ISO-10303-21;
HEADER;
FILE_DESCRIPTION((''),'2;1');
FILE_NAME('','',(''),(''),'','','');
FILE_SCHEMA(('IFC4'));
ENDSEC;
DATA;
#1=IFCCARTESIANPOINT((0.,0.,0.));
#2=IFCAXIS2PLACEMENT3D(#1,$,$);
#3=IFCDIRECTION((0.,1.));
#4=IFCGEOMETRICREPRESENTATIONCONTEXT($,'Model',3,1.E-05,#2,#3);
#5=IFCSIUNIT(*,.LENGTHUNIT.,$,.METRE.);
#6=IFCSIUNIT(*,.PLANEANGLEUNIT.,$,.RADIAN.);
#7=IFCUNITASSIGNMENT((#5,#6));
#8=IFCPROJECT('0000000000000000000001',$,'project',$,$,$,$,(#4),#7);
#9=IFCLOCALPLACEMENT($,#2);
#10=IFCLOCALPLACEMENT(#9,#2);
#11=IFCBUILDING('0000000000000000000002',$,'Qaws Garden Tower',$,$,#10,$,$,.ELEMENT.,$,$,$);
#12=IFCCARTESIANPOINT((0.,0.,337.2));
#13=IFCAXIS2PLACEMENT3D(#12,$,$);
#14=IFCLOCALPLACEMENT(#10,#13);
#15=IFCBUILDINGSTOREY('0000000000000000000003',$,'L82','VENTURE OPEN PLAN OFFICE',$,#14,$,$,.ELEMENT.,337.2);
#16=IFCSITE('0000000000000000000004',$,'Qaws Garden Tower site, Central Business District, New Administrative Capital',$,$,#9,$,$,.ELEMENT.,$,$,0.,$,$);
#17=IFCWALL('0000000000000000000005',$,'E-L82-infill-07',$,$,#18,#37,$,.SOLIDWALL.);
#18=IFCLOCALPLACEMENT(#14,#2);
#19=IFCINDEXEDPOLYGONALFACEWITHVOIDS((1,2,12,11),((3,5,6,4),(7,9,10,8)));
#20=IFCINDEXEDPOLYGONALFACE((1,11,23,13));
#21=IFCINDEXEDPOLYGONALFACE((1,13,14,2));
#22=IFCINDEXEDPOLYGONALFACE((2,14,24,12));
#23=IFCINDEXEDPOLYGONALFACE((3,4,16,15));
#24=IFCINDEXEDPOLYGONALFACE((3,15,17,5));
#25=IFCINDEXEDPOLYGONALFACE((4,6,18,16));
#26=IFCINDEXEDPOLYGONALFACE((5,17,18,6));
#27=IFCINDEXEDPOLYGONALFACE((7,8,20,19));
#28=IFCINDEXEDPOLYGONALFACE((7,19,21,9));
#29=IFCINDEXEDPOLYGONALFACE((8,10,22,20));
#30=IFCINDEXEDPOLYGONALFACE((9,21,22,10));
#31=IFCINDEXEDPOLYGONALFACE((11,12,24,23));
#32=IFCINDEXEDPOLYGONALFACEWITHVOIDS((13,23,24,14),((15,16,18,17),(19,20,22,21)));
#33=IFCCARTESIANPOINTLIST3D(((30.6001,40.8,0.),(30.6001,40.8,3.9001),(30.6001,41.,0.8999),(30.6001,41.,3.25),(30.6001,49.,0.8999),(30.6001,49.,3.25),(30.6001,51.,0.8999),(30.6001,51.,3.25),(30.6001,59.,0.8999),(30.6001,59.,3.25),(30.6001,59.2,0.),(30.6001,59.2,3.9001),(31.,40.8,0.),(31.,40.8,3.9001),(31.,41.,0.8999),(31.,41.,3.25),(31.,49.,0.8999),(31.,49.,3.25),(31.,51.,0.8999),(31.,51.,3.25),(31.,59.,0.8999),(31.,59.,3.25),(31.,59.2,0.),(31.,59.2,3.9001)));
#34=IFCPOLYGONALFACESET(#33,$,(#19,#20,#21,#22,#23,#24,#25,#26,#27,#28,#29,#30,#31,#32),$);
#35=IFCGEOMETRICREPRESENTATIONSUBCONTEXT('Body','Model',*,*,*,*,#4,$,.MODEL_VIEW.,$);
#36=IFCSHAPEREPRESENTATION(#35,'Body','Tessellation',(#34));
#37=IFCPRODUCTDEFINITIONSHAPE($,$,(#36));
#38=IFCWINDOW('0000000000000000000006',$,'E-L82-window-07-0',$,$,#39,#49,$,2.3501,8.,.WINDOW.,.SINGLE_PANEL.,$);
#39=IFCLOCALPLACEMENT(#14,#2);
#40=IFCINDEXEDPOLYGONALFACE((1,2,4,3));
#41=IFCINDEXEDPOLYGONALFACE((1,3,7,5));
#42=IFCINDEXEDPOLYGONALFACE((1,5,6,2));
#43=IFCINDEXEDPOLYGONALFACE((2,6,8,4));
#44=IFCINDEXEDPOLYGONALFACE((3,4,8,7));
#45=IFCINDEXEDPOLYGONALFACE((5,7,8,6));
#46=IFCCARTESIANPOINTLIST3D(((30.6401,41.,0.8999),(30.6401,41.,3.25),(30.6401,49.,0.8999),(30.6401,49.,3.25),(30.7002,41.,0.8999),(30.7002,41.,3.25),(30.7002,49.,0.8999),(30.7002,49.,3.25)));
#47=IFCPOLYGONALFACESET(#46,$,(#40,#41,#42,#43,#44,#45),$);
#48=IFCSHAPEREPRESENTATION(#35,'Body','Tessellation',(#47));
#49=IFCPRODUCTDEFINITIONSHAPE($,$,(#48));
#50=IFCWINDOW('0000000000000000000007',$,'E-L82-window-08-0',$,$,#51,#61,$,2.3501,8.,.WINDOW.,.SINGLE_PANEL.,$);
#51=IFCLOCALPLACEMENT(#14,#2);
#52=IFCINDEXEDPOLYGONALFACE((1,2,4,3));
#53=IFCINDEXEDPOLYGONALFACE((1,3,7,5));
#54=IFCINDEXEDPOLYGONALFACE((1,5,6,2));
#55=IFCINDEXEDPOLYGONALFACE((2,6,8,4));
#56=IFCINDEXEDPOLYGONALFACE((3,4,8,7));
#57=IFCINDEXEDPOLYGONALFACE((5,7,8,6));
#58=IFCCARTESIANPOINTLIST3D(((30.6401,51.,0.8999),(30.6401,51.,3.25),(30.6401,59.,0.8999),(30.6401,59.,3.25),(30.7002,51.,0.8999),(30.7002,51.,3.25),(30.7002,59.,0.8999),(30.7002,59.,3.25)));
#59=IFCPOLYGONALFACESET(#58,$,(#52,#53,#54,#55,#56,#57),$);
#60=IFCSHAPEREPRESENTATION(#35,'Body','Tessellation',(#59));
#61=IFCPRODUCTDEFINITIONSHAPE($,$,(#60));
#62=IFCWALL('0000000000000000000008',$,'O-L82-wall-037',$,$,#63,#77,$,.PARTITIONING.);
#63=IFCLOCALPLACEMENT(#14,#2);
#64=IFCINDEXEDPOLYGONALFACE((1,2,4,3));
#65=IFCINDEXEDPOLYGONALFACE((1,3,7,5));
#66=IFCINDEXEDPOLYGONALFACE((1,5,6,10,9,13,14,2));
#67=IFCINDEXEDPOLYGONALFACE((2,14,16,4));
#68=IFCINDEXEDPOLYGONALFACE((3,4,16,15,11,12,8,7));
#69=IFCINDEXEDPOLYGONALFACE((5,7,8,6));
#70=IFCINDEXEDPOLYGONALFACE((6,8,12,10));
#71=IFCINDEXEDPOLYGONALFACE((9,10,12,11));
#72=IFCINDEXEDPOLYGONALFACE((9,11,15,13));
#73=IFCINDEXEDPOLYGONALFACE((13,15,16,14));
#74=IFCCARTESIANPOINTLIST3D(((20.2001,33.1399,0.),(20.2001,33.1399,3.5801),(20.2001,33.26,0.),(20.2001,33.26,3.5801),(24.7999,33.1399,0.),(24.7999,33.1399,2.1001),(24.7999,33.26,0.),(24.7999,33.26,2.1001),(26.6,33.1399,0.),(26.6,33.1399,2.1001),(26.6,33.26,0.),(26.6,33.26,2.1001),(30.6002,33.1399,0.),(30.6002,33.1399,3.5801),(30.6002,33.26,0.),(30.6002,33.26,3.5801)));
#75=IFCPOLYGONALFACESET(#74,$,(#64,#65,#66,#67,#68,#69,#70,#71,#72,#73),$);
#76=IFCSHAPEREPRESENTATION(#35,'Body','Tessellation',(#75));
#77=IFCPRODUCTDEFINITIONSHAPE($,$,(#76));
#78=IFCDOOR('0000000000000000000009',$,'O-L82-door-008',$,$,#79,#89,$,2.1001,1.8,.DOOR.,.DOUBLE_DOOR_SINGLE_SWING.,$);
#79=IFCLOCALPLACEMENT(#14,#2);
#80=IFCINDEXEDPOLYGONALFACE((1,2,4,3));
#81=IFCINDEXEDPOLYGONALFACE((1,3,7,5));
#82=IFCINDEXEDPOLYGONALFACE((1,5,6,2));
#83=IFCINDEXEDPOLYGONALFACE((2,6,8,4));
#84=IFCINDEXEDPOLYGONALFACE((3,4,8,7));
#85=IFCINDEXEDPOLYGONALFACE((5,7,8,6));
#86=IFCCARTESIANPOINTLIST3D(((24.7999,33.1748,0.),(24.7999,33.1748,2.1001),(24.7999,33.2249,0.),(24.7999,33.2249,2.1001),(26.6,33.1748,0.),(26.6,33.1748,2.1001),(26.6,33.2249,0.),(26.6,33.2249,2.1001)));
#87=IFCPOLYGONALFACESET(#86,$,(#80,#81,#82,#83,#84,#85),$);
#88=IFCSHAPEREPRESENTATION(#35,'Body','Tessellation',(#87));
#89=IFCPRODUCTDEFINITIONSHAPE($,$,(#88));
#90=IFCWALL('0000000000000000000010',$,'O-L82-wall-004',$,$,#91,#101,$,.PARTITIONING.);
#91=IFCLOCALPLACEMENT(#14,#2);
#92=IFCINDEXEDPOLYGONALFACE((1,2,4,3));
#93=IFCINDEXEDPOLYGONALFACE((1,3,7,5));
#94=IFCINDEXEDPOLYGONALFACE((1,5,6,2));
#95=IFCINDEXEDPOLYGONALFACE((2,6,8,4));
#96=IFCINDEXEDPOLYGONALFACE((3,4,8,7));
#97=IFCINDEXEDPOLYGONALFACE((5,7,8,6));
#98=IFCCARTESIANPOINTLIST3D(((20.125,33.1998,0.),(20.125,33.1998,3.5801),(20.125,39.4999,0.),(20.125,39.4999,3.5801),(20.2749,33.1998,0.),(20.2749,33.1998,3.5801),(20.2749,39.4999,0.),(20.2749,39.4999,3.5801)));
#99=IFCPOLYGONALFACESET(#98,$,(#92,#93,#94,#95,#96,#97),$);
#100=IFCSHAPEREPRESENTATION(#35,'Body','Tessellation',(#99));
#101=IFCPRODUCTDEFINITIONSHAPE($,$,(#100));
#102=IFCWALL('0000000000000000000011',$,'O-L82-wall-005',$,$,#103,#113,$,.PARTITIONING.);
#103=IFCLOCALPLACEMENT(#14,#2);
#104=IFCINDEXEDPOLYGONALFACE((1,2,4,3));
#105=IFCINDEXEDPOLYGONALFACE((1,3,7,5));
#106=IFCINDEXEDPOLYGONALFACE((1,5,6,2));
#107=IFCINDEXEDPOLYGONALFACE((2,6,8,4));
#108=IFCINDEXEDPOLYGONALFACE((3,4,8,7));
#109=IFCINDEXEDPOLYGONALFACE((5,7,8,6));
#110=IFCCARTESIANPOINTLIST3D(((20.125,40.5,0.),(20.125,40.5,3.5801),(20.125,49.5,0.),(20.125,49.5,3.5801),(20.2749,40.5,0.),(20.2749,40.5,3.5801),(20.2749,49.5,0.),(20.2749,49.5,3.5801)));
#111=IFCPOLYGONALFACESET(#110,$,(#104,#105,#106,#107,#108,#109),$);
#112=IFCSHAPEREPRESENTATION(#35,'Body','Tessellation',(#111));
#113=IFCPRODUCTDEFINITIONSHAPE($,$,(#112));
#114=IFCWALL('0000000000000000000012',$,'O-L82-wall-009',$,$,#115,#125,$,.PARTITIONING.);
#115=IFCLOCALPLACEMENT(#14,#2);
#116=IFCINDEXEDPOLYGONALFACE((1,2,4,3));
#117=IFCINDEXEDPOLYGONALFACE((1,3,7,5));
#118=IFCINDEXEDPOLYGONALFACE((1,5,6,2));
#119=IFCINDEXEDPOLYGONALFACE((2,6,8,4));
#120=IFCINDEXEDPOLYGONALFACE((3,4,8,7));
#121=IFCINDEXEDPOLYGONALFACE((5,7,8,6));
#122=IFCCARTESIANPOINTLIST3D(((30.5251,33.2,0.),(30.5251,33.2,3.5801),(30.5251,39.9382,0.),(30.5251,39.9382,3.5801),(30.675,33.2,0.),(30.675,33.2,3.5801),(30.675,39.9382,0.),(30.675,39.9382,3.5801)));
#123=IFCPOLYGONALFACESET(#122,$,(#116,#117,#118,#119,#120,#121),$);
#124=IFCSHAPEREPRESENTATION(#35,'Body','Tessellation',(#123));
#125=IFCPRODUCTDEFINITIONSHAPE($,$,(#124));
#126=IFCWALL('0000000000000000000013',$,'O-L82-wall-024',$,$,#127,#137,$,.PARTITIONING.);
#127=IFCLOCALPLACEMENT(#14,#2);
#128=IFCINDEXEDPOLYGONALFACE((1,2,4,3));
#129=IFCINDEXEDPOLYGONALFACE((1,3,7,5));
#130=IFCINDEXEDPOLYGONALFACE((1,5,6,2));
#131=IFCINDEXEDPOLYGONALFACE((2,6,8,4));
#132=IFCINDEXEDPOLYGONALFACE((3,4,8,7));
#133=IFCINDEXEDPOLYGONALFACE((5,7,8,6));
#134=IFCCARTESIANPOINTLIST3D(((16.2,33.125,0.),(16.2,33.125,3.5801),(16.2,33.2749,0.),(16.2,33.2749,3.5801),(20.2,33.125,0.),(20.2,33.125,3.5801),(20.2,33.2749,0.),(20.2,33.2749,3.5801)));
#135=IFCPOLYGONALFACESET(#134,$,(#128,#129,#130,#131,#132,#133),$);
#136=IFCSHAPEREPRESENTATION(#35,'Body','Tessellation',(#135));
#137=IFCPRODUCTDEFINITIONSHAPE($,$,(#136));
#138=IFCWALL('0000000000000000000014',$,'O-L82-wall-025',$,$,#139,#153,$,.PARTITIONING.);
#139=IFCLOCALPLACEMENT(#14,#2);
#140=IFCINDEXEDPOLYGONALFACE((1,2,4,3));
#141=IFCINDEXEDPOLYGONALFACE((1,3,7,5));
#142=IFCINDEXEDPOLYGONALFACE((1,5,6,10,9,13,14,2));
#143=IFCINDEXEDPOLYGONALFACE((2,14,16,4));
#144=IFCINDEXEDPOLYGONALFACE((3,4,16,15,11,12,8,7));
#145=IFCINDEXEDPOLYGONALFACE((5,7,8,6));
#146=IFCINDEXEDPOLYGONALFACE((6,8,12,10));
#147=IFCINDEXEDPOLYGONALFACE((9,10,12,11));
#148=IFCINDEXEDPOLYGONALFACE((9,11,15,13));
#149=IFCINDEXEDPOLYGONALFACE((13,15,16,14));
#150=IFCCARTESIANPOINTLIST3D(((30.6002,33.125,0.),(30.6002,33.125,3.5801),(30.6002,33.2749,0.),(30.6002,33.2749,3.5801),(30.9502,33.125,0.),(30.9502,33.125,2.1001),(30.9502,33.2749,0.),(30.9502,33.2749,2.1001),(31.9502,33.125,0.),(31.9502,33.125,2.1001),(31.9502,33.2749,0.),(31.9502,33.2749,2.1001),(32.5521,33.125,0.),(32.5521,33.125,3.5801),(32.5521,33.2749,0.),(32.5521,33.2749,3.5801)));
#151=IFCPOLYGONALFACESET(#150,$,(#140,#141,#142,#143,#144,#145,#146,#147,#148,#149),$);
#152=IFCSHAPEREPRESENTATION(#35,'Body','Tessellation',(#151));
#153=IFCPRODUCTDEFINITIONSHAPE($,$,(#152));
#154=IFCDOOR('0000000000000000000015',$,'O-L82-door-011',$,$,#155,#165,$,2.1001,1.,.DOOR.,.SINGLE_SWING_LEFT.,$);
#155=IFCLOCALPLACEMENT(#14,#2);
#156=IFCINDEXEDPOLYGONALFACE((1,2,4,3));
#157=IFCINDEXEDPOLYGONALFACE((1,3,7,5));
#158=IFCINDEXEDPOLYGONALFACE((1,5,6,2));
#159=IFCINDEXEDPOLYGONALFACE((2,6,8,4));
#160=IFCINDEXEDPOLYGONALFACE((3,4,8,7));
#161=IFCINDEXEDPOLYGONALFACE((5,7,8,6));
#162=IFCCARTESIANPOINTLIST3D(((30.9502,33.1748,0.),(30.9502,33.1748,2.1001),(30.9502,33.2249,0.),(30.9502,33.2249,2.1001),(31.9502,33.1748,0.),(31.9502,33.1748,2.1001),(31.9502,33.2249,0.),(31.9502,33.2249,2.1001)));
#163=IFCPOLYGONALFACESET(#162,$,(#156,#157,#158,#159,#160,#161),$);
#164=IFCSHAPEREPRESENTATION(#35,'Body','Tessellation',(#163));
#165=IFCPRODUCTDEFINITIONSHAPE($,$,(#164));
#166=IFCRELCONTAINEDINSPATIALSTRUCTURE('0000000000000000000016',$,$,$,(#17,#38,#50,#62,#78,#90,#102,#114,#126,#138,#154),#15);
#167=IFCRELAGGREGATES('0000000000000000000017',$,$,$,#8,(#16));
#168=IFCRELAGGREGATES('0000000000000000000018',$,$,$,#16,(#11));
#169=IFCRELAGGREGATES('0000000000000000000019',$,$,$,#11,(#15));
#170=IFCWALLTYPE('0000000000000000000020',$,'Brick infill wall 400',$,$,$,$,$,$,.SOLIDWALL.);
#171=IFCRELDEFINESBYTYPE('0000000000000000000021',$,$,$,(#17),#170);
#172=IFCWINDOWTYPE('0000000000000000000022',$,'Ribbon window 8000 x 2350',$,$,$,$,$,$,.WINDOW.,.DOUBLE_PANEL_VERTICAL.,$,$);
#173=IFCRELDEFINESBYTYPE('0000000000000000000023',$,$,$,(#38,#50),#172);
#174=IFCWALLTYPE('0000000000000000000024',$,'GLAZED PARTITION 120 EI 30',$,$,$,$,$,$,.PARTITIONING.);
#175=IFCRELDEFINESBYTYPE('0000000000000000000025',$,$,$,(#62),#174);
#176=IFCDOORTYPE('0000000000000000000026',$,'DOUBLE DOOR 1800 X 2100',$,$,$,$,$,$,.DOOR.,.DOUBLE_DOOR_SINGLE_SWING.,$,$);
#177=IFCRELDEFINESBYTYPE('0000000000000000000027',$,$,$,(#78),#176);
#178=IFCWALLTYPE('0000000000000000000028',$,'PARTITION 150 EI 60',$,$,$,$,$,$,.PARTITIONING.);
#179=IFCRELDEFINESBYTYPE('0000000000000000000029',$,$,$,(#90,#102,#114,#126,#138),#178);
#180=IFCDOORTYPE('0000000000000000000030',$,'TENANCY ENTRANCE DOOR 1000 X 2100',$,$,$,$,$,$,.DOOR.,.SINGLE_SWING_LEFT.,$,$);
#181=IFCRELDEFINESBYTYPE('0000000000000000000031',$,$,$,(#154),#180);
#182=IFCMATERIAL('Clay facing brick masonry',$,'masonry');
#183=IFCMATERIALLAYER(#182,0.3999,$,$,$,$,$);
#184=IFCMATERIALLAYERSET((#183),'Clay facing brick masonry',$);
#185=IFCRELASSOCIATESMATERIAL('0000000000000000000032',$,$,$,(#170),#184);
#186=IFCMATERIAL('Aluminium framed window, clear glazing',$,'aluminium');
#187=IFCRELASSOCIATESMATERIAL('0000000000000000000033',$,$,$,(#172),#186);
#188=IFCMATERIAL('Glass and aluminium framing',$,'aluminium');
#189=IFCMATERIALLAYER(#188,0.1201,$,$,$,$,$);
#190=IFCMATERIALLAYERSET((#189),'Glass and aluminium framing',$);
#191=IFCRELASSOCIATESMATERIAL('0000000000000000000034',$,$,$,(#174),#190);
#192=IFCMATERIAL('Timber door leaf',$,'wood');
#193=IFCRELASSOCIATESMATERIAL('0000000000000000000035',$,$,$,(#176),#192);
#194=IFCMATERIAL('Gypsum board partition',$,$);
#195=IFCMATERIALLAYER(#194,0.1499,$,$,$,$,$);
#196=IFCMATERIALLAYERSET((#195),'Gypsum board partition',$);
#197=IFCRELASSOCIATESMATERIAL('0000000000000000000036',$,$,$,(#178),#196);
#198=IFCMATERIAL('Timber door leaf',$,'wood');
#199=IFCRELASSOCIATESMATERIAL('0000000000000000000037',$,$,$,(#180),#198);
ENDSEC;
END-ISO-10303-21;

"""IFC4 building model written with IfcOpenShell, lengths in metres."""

from ifc_helpers import new_model, si_unit, direction, frame, frame_2d, origin, place, context, subcontext, project, spatial, rectangle, extrude, material, layer, layer_set, type_object, element, fill, save


model = new_model("IFC4")

# Units and contexts
model_context = context("Model", 3, precision=1e-05, world=origin(), true_north=direction((0.0, 1.0)))
body_context = subcontext(model_context, "Body", "Model", "MODEL_VIEW")
ifc_project = project(units=[si_unit("LENGTHUNIT", "METRE"), si_unit("PLANEANGLEUNIT", "RADIAN")], contexts=[model_context])

# Site, building, storey
site_placement = place(None, origin())
site = spatial("IfcSite", under=ifc_project, at=site_placement, Name="Qaws Garden Tower site, Central Business District, New Administrative Capital", CompositionType="ELEMENT", RefElevation=0.0)
building_placement = place(site_placement, origin())
building = spatial("IfcBuilding", under=site, at=building_placement, Name="Qaws Garden Tower", CompositionType="ELEMENT")
storey_placement = place(building_placement, frame((0.0, 0.0, 337.2)))
storey = spatial("IfcBuildingStorey", under=building, at=storey_placement, Name="L82", Description="VENTURE OPEN PLAN OFFICE", CompositionType="ELEMENT", Elevation=337.2)

# Shared definitions
ifc_material_1 = material(Name="Clay facing brick masonry", Category="masonry")
ifc_layer_1 = layer(ifc_material_1, 0.3999)
ifc_layer_set_1 = layer_set([ifc_layer_1], Name="Clay facing brick masonry")
wall_type_1 = type_object("IfcWallType", Name="Brick infill wall 400", PredefinedType="SOLIDWALL", material=ifc_layer_set_1)

# Wall, openings, windows
wall_1_placement = place(storey_placement, frame((30.8, 40.8, 0.0), z_axis=(0.0, 0.0, 1.0), x_axis=(0.0, 1.0, 0.0)))
wall_1 = element("IfcWall", 1, at=wall_1_placement, inside=storey, type_object=wall_type_1, Name="E-L82-infill-07", PredefinedType="SOLIDWALL", context=body_context, shape_type="SweptSolid", body=[
    extrude(rectangle(XDim=18.3999, YDim=0.3999, at=frame_2d((9.2, 0.0))), origin(), (0.0, 0.0, 1.0), 3.9001),
])
opening_1_placement = place(wall_1_placement, frame((0.2, 0.0, 0.8999)))
opening_1 = element("IfcOpeningElement", 2, at=opening_1_placement, cuts=wall_1, PredefinedType="OPENING", context=body_context, shape_type="SweptSolid", body=[
    extrude(rectangle(XDim=8.0, YDim=2.3501, at=frame_2d((4.0, 1.175))), frame((0.0, 0.21, 0.0), z_axis=(0.0, -1.0, 0.0), x_axis=(1.0, 0.0, 0.0)), (0.0, 0.0, 1.0), 0.4199),
])
opening_2_placement = place(wall_1_placement, frame((10.2, 0.0, 0.8999)))
opening_2 = element("IfcOpeningElement", 3, at=opening_2_placement, cuts=wall_1, PredefinedType="OPENING", context=body_context, shape_type="SweptSolid", body=[
    extrude(rectangle(XDim=8.0, YDim=2.3501, at=frame_2d((4.0, 1.175))), frame((0.0, 0.21, 0.0), z_axis=(0.0, -1.0, 0.0), x_axis=(1.0, 0.0, 0.0)), (0.0, 0.0, 1.0), 0.4199),
])
ifc_material_2 = material(Name="Aluminium framed window, clear glazing", Category="aluminium")
window_type_1 = type_object("IfcWindowType", Name="Ribbon window 8000 x 2350", PartitioningType="DOUBLE_PANEL_VERTICAL", PredefinedType="WINDOW", material=ifc_material_2)
window_1_placement = place(opening_1_placement, origin())
window_1 = element("IfcWindow", 4, at=window_1_placement, inside=storey, type_object=window_type_1, Name="E-L82-window-07-0", OverallHeight=2.3501, OverallWidth=8.0, PartitioningType="SINGLE_PANEL", PredefinedType="WINDOW", context=body_context, shape_type="SweptSolid", body=[
    extrude(rectangle(XDim=8.0, YDim=2.3501, at=frame_2d((4.0, 1.175))), frame((0.0, 0.1599, 0.0), z_axis=(0.0, -1.0, 0.0), x_axis=(1.0, 0.0, 0.0)), (0.0, 0.0, 1.0), 0.0601),
])
fill(opening_1, window_1)
window_2_placement = place(opening_2_placement, origin())
window_2 = element("IfcWindow", 5, at=window_2_placement, inside=storey, type_object=window_type_1, Name="E-L82-window-08-0", OverallHeight=2.3501, OverallWidth=8.0, PartitioningType="SINGLE_PANEL", PredefinedType="WINDOW", context=body_context, shape_type="SweptSolid", body=[
    extrude(rectangle(XDim=8.0, YDim=2.3501, at=frame_2d((4.0, 1.175))), frame((0.0, 0.1599, 0.0), z_axis=(0.0, -1.0, 0.0), x_axis=(1.0, 0.0, 0.0)), (0.0, 0.0, 1.0), 0.0601),
])
fill(opening_2, window_2)

# Wall, opening, door
ifc_material_3 = material(Name="Glass and aluminium framing", Category="aluminium")
ifc_layer_2 = layer(ifc_material_3, 0.1201)
ifc_layer_set_2 = layer_set([ifc_layer_2], Name="Glass and aluminium framing")
wall_type_2 = type_object("IfcWallType", Name="GLAZED PARTITION 120 EI 30", PredefinedType="PARTITIONING", material=ifc_layer_set_2)
wall_2_placement = place(storey_placement, frame((20.2, 33.2, 0.0), z_axis=(0.0, 0.0, 1.0), x_axis=(1.0, 0.0, 0.0)))
wall_2 = element("IfcWall", 6, at=wall_2_placement, inside=storey, type_object=wall_type_2, Name="O-L82-wall-037", PredefinedType="PARTITIONING", context=body_context, shape_type="SweptSolid", body=[
    extrude(rectangle(XDim=10.4001, YDim=0.1201, at=frame_2d((5.2002, 0.0))), origin(), (0.0, 0.0, 1.0), 3.5801),
])
opening_3_placement = place(wall_2_placement, frame((4.6001, 0.0, 0.0)))
opening_3 = element("IfcOpeningElement", 7, at=opening_3_placement, cuts=wall_2, PredefinedType="OPENING", context=body_context, shape_type="SweptSolid", body=[
    extrude(rectangle(XDim=1.8, YDim=2.1001, at=frame_2d((0.8999, 1.05))), frame((0.0, 0.0701, 0.0), z_axis=(0.0, -1.0, 0.0), x_axis=(1.0, 0.0, 0.0)), (0.0, 0.0, 1.0), 0.1401),
])
ifc_material_4 = material(Name="Timber door leaf", Category="wood")
door_type_1 = type_object("IfcDoorType", Name="DOUBLE DOOR 1800 X 2100", OperationType="DOUBLE_DOOR_SINGLE_SWING", PredefinedType="DOOR", material=ifc_material_4)
door_1_placement = place(opening_3_placement, origin())
door_1 = element("IfcDoor", 8, at=door_1_placement, inside=storey, type_object=door_type_1, Name="O-L82-door-008", OperationType="DOUBLE_DOOR_SINGLE_SWING", OverallHeight=2.1001, OverallWidth=1.8, PredefinedType="DOOR", context=body_context, shape_type="SweptSolid", body=[
    extrude(rectangle(XDim=1.8, YDim=2.1001, at=frame_2d((0.8999, 1.05))), frame((0.0, 0.0249, 0.0), z_axis=(0.0, -1.0, 0.0), x_axis=(1.0, 0.0, 0.0)), (0.0, 0.0, 1.0), 0.05),
])
fill(opening_3, door_1)

# Walls
ifc_material_5 = material(Name="Gypsum board partition")
ifc_layer_3 = layer(ifc_material_5, 0.1499)
ifc_layer_set_3 = layer_set([ifc_layer_3], Name="Gypsum board partition")
wall_type_3 = type_object("IfcWallType", Name="PARTITION 150 EI 60", PredefinedType="PARTITIONING", material=ifc_layer_set_3)
wall_3_placement = place(storey_placement, frame((20.2, 33.2, 0.0), z_axis=(0.0, 0.0, 1.0), x_axis=(0.0, 1.0, 0.0)))
element("IfcWall", 9, at=wall_3_placement, inside=storey, type_object=wall_type_3, Name="O-L82-wall-004", PredefinedType="PARTITIONING", context=body_context, shape_type="SweptSolid", body=[
    extrude(rectangle(XDim=6.3, YDim=0.1499, at=frame_2d((3.1499, 0.0))), origin(), (0.0, 0.0, 1.0), 3.5801),
])
wall_4_placement = place(storey_placement, frame((20.2, 40.5, 0.0), z_axis=(0.0, 0.0, 1.0), x_axis=(0.0, 1.0, 0.0)))
element("IfcWall", 10, at=wall_4_placement, inside=storey, type_object=wall_type_3, Name="O-L82-wall-005", PredefinedType="PARTITIONING", context=body_context, shape_type="SweptSolid", body=[
    extrude(rectangle(XDim=9.0, YDim=0.1499, at=frame_2d((4.5, 0.0))), origin(), (0.0, 0.0, 1.0), 3.5801),
])
wall_5_placement = place(storey_placement, frame((30.6001, 33.2, 0.0), z_axis=(0.0, 0.0, 1.0), x_axis=(0.0, 1.0, 0.0)))
element("IfcWall", 11, at=wall_5_placement, inside=storey, type_object=wall_type_3, Name="O-L82-wall-009", PredefinedType="PARTITIONING", context=body_context, shape_type="SweptSolid", body=[
    extrude(rectangle(XDim=6.7383, YDim=0.1499, at=frame_2d((3.3691, 0.0))), origin(), (0.0, 0.0, 1.0), 3.5801),
])
wall_6_placement = place(storey_placement, frame((16.2, 33.2, 0.0), z_axis=(0.0, 0.0, 1.0), x_axis=(1.0, 0.0, 0.0)))
element("IfcWall", 12, at=wall_6_placement, inside=storey, type_object=wall_type_3, Name="O-L82-wall-024", PredefinedType="PARTITIONING", context=body_context, shape_type="SweptSolid", body=[
    extrude(rectangle(XDim=4.0, YDim=0.1499, at=frame_2d((2.0, 0.0))), origin(), (0.0, 0.0, 1.0), 3.5801),
])

# Wall, opening, door
wall_7_placement = place(storey_placement, frame((30.6001, 33.2, 0.0), z_axis=(0.0, 0.0, 1.0), x_axis=(1.0, 0.0, 0.0)))
wall_7 = element("IfcWall", 13, at=wall_7_placement, inside=storey, type_object=wall_type_3, Name="O-L82-wall-025", PredefinedType="PARTITIONING", context=body_context, shape_type="SweptSolid", body=[
    extrude(rectangle(XDim=1.9519, YDim=0.1499, at=frame_2d((0.9761, 0.0))), origin(), (0.0, 0.0, 1.0), 3.5801),
])
opening_4_placement = place(wall_7_placement, frame((0.3501, 0.0, 0.0)))
opening_4 = element("IfcOpeningElement", 14, at=opening_4_placement, cuts=wall_7, PredefinedType="OPENING", context=body_context, shape_type="SweptSolid", body=[
    extrude(rectangle(XDim=1.0, YDim=2.1001, at=frame_2d((0.5, 1.05))), frame((0.0, 0.085, 0.0), z_axis=(0.0, -1.0, 0.0), x_axis=(1.0, 0.0, 0.0)), (0.0, 0.0, 1.0), 0.1699),
])
ifc_material_6 = material(Name="Timber door leaf", Category="wood")
door_type_2 = type_object("IfcDoorType", Name="TENANCY ENTRANCE DOOR 1000 X 2100", OperationType="SINGLE_SWING_LEFT", PredefinedType="DOOR", material=ifc_material_6)
door_2_placement = place(opening_4_placement, origin())
door_2 = element("IfcDoor", 15, at=door_2_placement, inside=storey, type_object=door_type_2, Name="O-L82-door-011", OperationType="SINGLE_SWING_LEFT", OverallHeight=2.1001, OverallWidth=1.0, PredefinedType="DOOR", context=body_context, shape_type="SweptSolid", body=[
    extrude(rectangle(XDim=1.0, YDim=2.1001, at=frame_2d((0.5, 1.05))), frame((0.0, 0.0249, 0.0), z_axis=(0.0, -1.0, 0.0), x_axis=(1.0, 0.0, 0.0)), (0.0, 0.0, 1.0), 0.05),
])
fill(opening_4, door_2)

save(model, "model.ifc")
